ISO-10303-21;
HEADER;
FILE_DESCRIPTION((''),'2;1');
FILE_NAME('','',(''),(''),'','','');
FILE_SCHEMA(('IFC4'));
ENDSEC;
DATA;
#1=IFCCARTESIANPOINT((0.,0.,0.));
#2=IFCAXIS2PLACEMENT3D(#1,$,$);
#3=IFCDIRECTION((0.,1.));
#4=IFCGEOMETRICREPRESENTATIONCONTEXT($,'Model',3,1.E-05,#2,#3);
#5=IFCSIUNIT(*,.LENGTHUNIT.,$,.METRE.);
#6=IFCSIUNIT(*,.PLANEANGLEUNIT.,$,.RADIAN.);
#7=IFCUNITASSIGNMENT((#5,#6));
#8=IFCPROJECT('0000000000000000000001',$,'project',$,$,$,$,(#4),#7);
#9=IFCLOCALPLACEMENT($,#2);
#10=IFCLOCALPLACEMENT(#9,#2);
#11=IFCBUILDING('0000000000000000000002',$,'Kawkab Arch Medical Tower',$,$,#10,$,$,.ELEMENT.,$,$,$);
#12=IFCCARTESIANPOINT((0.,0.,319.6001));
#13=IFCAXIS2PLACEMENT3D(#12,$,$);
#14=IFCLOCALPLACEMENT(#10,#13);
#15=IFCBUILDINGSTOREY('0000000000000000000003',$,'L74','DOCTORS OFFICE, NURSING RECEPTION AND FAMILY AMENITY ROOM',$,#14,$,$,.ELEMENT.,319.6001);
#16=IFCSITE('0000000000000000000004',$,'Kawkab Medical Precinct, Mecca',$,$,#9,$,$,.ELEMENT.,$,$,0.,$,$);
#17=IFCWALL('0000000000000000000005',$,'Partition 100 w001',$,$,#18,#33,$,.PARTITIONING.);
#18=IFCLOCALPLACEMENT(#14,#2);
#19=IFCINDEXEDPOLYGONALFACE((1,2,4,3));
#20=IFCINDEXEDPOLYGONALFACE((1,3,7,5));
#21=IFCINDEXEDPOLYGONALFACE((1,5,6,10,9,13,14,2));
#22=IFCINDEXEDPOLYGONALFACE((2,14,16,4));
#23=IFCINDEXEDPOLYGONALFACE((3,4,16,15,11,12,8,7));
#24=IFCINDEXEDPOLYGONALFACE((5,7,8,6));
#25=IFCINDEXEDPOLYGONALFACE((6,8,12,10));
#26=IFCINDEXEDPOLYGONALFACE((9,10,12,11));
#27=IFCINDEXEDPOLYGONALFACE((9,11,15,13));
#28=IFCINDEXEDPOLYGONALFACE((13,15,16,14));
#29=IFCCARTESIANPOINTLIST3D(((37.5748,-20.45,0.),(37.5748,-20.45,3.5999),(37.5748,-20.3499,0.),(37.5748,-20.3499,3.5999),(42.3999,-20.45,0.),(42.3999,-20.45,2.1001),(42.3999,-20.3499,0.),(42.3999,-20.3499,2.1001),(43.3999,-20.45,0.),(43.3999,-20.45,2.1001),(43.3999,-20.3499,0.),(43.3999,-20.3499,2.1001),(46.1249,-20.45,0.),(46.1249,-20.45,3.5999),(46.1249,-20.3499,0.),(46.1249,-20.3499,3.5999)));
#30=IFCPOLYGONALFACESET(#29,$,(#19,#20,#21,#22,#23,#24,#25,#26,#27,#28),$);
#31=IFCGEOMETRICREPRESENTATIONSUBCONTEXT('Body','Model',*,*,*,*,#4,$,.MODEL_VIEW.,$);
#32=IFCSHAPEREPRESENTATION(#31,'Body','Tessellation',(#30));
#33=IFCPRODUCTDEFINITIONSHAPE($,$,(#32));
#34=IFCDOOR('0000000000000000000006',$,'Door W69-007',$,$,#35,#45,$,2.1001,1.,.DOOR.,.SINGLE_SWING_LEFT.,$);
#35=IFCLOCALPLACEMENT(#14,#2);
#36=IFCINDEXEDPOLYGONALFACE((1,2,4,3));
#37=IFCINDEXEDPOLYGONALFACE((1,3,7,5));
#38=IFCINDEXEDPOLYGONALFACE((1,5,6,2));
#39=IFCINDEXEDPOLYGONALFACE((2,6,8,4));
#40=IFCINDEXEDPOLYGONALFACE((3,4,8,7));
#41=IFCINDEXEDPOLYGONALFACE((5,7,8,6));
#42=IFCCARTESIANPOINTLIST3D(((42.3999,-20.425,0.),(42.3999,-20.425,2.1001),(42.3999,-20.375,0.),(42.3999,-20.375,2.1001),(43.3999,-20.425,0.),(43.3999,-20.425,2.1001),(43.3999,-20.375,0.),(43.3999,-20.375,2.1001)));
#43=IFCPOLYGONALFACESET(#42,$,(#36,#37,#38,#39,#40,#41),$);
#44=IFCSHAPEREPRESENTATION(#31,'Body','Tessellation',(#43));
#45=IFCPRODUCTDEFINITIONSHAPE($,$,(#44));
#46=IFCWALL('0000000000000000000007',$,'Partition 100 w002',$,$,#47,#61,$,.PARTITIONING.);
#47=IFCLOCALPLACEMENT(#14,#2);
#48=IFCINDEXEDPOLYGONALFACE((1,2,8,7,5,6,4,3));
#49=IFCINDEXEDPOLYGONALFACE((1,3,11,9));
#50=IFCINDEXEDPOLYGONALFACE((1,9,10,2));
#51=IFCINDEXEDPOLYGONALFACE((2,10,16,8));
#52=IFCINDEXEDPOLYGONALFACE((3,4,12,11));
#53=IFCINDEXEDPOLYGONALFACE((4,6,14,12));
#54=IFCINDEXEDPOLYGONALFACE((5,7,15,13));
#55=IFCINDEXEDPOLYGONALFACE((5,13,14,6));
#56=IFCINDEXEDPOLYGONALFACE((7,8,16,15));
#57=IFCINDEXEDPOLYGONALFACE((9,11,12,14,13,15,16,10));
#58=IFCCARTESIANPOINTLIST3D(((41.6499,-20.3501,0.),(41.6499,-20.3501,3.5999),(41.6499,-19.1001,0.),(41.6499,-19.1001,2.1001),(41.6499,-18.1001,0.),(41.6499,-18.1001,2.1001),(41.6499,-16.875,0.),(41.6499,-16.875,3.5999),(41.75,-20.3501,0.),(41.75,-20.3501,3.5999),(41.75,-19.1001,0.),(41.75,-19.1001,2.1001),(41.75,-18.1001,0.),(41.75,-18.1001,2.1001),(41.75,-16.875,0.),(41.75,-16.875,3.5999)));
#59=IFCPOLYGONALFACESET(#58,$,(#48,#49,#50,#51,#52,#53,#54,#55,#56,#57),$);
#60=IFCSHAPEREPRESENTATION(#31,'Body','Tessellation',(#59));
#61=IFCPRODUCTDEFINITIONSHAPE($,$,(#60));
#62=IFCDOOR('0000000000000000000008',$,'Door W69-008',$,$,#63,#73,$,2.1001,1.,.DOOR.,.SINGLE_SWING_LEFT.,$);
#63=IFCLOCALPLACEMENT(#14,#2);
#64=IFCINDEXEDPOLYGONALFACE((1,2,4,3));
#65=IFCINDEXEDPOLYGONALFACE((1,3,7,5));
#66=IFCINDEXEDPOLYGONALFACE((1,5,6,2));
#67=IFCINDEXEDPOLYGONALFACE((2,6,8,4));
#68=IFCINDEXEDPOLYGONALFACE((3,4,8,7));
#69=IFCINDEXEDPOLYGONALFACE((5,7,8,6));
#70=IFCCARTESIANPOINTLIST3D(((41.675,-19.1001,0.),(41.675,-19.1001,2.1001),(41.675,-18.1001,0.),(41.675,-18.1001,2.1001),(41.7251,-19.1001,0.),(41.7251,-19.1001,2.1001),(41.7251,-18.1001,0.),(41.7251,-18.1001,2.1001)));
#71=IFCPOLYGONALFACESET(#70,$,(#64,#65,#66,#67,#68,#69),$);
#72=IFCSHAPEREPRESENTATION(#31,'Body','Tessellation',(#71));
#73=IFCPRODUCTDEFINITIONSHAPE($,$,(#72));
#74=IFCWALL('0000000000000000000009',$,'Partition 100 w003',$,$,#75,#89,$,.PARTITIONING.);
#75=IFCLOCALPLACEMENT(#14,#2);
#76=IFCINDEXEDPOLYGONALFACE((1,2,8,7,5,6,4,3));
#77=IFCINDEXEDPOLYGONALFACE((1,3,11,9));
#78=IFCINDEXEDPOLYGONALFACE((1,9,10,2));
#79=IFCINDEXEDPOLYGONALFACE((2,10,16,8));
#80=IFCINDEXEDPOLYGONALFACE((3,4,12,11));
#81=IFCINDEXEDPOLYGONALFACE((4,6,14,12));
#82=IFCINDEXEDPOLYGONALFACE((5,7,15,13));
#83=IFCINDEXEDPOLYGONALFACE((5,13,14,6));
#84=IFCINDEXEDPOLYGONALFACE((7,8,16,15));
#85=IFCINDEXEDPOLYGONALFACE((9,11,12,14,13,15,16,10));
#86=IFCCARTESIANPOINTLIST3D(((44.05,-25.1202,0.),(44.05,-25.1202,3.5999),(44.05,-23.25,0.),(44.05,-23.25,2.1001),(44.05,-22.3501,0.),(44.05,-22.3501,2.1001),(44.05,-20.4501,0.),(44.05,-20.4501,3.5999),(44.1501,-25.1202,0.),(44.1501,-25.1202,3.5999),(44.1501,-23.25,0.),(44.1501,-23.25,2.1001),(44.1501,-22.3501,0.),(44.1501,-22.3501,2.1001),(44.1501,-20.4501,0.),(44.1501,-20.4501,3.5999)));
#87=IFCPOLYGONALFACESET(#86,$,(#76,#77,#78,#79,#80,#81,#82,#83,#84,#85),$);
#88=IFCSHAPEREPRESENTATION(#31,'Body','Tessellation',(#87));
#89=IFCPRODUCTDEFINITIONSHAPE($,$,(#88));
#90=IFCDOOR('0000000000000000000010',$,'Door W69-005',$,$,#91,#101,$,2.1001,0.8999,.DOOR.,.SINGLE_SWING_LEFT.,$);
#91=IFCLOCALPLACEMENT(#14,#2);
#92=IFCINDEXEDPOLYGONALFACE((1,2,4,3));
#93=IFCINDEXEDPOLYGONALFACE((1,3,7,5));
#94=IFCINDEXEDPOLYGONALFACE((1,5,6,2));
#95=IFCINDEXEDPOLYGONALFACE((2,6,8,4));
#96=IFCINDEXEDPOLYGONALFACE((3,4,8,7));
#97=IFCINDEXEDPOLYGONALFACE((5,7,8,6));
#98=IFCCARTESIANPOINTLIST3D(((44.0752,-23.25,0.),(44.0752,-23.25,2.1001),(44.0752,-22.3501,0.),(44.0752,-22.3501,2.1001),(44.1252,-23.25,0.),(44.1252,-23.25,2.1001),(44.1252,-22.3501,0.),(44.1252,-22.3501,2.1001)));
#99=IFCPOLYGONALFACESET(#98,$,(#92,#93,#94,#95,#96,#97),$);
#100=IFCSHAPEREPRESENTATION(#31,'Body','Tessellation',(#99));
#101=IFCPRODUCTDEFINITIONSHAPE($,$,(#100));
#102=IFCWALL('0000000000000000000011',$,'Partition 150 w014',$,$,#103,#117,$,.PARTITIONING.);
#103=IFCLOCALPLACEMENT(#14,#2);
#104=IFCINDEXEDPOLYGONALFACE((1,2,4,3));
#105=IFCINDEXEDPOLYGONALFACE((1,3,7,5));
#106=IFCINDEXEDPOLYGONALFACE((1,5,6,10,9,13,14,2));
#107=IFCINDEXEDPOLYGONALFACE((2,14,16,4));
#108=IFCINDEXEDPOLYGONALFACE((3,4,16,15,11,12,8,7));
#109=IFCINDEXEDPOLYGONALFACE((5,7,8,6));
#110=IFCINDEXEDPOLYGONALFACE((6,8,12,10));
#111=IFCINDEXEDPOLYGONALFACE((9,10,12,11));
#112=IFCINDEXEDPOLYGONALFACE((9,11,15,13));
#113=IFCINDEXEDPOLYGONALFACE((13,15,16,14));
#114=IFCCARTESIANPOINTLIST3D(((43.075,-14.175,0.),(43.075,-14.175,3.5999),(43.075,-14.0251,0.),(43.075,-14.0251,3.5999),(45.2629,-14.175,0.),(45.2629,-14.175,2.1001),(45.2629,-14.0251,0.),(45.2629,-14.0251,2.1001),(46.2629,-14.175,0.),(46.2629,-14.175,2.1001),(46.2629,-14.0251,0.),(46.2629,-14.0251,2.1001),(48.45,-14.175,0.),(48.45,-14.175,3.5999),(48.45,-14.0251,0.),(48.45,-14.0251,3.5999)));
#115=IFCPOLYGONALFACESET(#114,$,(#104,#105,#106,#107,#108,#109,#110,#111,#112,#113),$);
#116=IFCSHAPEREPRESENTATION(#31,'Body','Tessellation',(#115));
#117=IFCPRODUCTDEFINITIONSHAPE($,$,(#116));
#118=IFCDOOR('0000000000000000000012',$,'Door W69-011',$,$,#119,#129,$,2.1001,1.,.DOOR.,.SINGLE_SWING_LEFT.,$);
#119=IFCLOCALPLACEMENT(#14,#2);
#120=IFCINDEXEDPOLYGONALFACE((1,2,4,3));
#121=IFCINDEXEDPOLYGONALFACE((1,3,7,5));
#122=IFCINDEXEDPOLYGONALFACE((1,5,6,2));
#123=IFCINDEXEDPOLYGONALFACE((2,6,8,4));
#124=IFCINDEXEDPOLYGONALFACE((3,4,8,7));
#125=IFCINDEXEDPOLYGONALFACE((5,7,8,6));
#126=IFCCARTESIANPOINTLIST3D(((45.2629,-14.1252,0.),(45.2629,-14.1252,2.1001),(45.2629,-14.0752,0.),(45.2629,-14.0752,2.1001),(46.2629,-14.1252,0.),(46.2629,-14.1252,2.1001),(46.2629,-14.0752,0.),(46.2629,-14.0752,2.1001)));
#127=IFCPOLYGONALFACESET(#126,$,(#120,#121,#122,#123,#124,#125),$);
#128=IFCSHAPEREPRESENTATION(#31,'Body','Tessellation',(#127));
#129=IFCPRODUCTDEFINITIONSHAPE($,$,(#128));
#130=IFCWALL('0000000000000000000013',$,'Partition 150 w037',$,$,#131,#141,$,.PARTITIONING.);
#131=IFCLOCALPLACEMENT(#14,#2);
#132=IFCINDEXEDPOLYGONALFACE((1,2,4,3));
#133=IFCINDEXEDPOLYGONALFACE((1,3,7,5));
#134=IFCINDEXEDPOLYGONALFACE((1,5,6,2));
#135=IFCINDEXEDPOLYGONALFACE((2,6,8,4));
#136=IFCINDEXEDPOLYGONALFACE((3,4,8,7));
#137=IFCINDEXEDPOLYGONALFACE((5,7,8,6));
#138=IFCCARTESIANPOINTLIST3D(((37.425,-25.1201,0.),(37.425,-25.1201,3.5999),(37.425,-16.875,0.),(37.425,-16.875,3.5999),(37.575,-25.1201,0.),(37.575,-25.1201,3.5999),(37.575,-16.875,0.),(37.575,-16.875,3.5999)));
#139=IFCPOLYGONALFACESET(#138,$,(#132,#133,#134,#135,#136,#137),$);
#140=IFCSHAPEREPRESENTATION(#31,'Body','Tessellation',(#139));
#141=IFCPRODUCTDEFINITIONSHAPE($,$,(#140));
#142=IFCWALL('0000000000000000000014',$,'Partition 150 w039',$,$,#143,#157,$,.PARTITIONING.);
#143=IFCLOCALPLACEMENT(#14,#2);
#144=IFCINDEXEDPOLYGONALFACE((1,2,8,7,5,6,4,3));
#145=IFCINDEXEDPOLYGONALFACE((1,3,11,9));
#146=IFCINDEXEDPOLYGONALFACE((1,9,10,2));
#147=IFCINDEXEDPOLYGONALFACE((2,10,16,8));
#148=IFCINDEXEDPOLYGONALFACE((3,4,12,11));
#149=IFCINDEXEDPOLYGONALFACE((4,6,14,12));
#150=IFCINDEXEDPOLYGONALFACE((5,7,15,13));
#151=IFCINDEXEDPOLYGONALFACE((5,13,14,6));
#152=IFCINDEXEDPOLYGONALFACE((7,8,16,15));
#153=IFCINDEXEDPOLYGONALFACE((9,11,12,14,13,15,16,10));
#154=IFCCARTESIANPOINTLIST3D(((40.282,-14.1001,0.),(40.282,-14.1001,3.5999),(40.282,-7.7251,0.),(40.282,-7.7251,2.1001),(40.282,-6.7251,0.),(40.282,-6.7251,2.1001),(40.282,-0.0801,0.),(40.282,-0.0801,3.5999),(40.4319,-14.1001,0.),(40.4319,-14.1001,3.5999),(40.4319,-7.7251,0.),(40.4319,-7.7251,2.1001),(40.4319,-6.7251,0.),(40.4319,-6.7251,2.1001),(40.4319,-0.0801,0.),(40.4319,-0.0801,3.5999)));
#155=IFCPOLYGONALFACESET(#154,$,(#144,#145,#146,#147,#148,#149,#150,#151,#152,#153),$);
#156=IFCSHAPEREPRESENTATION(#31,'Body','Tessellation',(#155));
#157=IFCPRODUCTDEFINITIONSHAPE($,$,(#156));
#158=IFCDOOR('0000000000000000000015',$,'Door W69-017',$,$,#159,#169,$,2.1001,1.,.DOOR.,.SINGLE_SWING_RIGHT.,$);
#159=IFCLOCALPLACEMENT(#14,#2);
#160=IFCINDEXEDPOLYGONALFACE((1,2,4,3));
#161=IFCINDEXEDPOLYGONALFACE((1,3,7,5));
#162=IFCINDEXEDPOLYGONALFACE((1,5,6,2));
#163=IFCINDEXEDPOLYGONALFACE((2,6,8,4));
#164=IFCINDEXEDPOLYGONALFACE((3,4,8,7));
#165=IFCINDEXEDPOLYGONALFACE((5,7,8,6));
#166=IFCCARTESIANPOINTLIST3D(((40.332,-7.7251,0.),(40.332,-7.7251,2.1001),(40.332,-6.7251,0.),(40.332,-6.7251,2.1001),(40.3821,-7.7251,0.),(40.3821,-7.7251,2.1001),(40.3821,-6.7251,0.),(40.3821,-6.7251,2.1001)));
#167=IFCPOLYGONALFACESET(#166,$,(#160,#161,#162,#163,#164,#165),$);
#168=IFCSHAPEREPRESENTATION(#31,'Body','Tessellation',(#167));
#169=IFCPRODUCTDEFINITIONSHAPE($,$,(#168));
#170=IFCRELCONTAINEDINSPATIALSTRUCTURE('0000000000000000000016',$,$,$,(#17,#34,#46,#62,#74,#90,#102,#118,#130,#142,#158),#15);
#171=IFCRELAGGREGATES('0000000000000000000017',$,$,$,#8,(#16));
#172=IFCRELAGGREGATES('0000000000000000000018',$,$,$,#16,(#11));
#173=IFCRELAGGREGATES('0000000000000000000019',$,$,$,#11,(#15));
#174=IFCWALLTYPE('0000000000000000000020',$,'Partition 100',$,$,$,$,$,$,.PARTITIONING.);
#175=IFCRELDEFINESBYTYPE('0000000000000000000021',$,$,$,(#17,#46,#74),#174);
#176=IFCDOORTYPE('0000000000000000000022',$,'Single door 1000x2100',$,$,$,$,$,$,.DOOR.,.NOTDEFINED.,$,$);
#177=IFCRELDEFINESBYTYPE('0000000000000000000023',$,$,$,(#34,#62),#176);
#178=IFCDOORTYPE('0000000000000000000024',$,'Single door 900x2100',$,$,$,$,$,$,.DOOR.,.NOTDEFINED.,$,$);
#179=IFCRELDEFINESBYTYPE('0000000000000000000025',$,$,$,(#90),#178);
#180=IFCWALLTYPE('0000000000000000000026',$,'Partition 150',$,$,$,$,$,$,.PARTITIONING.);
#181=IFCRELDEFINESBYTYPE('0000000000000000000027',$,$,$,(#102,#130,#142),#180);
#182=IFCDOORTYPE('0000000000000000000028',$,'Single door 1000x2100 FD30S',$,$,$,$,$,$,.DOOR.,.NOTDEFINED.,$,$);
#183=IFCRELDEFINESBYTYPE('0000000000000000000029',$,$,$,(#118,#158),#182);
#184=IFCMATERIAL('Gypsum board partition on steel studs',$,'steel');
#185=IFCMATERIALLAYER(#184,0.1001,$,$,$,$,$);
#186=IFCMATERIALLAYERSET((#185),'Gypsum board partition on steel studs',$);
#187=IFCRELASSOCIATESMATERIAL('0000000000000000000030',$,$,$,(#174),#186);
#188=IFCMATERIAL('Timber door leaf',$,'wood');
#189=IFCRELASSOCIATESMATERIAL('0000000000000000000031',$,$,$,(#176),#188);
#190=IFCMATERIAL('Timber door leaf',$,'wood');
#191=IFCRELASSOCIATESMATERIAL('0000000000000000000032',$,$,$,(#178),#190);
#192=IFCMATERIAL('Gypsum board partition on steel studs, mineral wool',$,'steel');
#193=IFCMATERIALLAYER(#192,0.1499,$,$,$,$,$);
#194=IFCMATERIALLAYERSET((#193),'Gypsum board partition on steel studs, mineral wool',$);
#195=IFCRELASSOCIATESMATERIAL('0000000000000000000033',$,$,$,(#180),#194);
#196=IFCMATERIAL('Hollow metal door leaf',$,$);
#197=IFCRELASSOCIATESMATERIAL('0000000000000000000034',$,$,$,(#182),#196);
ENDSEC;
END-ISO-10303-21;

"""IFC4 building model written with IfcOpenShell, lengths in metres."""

from ifc_helpers import new_model, si_unit, direction, frame, frame_2d, origin, place, context, subcontext, project, spatial, rectangle, extrude, material, layer, layer_set, type_object, element, fill, save


model = new_model("IFC4")

# Units and contexts
model_context = context("Model", 3, precision=1e-05, world=origin(), true_north=direction((0.0, 1.0)))
body_context = subcontext(model_context, "Body", "Model", "MODEL_VIEW")
ifc_project = project(units=[si_unit("LENGTHUNIT", "METRE"), si_unit("PLANEANGLEUNIT", "RADIAN")], contexts=[model_context])

# Site, building, storey
site_placement = place(None, origin())
site = spatial("IfcSite", under=ifc_project, at=site_placement, Name="Kawkab Medical Precinct, Mecca", CompositionType="ELEMENT", RefElevation=0.0)
building_placement = place(site_placement, origin())
building = spatial("IfcBuilding", under=site, at=building_placement, Name="Kawkab Arch Medical Tower", CompositionType="ELEMENT")
storey_placement = place(building_placement, frame((0.0, 0.0, 319.6001)))
storey = spatial("IfcBuildingStorey", under=building, at=storey_placement, Name="L74", Description="DOCTORS OFFICE, NURSING RECEPTION AND FAMILY AMENITY ROOM", CompositionType="ELEMENT", Elevation=319.6001)

# Walls, openings, doors
ifc_material_1 = material(Name="Gypsum board partition on steel studs", Category="steel")
ifc_layer_1 = layer(ifc_material_1, 0.1001)
ifc_layer_set_1 = layer_set([ifc_layer_1], Name="Gypsum board partition on steel studs")
wall_type_1 = type_object("IfcWallType", Name="Partition 100", PredefinedType="PARTITIONING", material=ifc_layer_set_1)
wall_1_placement = place(storey_placement, frame((37.575, -20.3999, 0.0), z_axis=(0.0, 0.0, 1.0), x_axis=(1.0, 0.0, 0.0)))
wall_1 = element("IfcWall", 1, at=wall_1_placement, inside=storey, type_object=wall_type_1, Name="Partition 100 w001", PredefinedType="PARTITIONING", context=body_context, shape_type="SweptSolid", body=[
    extrude(rectangle(XDim=8.55, YDim=0.1001, at=frame_2d((4.2749, 0.0))), origin(), (0.0, 0.0, 1.0), 3.5999),
])
opening_1_placement = place(wall_1_placement, frame((4.825, 0.0, 0.0)))
opening_1 = element("IfcOpeningElement", 2, at=opening_1_placement, cuts=wall_1, PredefinedType="OPENING", context=body_context, shape_type="SweptSolid", body=[
    extrude(rectangle(XDim=1.0, YDim=2.1001, at=frame_2d((0.5, 1.05))), frame((0.0, 0.0601, 0.0), z_axis=(0.0, -1.0, 0.0), x_axis=(1.0, 0.0, 0.0)), (0.0, 0.0, 1.0), 0.1201),
])
ifc_material_2 = material(Name="Timber door leaf", Category="wood")
door_type_1 = type_object("IfcDoorType", Name="Single door 1000x2100", OperationType="NOTDEFINED", PredefinedType="DOOR", material=ifc_material_2)
door_1_placement = place(opening_1_placement, origin())
door_1 = element("IfcDoor", 3, at=door_1_placement, inside=storey, type_object=door_type_1, Name="Door W69-007", OperationType="SINGLE_SWING_LEFT", OverallHeight=2.1001, OverallWidth=1.0, PredefinedType="DOOR", context=body_context, shape_type="SweptSolid", body=[
    extrude(rectangle(XDim=1.0, YDim=2.1001, at=frame_2d((0.5, 1.05))), frame((0.0, 0.0249, 0.0), z_axis=(0.0, -1.0, 0.0), x_axis=(1.0, 0.0, 0.0)), (0.0, 0.0, 1.0), 0.05),
])
fill(opening_1, door_1)
wall_2_placement = place(storey_placement, frame((41.7, -20.3501, 0.0), z_axis=(0.0, 0.0, 1.0), x_axis=(0.0, 1.0, 0.0)))
wall_2 = element("IfcWall", 4, at=wall_2_placement, inside=storey, type_object=wall_type_1, Name="Partition 100 w002", PredefinedType="PARTITIONING", context=body_context, shape_type="SweptSolid", body=[
    extrude(rectangle(XDim=3.4751, YDim=0.1001, at=frame_2d((1.7375, 0.0))), origin(), (0.0, 0.0, 1.0), 3.5999),
])
opening_2_placement = place(wall_2_placement, frame((1.25, 0.0, 0.0)))
opening_2 = element("IfcOpeningElement", 5, at=opening_2_placement, cuts=wall_2, PredefinedType="OPENING", context=body_context, shape_type="SweptSolid", body=[
    extrude(rectangle(XDim=1.0, YDim=2.1001, at=frame_2d((0.5, 1.05))), frame((0.0, 0.0601, 0.0), z_axis=(0.0, -1.0, 0.0), x_axis=(1.0, 0.0, 0.0)), (0.0, 0.0, 1.0), 0.1201),
])
door_2_placement = place(opening_2_placement, origin())
door_2 = element("IfcDoor", 6, at=door_2_placement, inside=storey, type_object=door_type_1, Name="Door W69-008", OperationType="SINGLE_SWING_LEFT", OverallHeight=2.1001, OverallWidth=1.0, PredefinedType="DOOR", context=body_context, shape_type="SweptSolid", body=[
    extrude(rectangle(XDim=1.0, YDim=2.1001, at=frame_2d((0.5, 1.05))), frame((0.0, 0.0249, 0.0), z_axis=(0.0, -1.0, 0.0), x_axis=(1.0, 0.0, 0.0)), (0.0, 0.0, 1.0), 0.05),
])
fill(opening_2, door_2)
wall_3_placement = place(storey_placement, frame((44.1001, -25.1201, 0.0), z_axis=(0.0, 0.0, 1.0), x_axis=(0.0, 1.0, 0.0)))
wall_3 = element("IfcWall", 7, at=wall_3_placement, inside=storey, type_object=wall_type_1, Name="Partition 100 w003", PredefinedType="PARTITIONING", context=body_context, shape_type="SweptSolid", body=[
    extrude(rectangle(XDim=4.6702, YDim=0.1001, at=frame_2d((2.335, 0.0))), origin(), (0.0, 0.0, 1.0), 3.5999),
])
opening_3_placement = place(wall_3_placement, frame((1.8701, 0.0, 0.0)))
opening_3 = element("IfcOpeningElement", 8, at=opening_3_placement, cuts=wall_3, PredefinedType="OPENING", context=body_context, shape_type="SweptSolid", body=[
    extrude(rectangle(XDim=0.8999, YDim=2.1001, at=frame_2d((0.45, 1.05))), frame((0.0, 0.0601, 0.0), z_axis=(0.0, -1.0, 0.0), x_axis=(1.0, 0.0, 0.0)), (0.0, 0.0, 1.0), 0.1201),
])
ifc_material_3 = material(Name="Timber door leaf", Category="wood")
door_type_2 = type_object("IfcDoorType", Name="Single door 900x2100", OperationType="NOTDEFINED", PredefinedType="DOOR", material=ifc_material_3)
door_3_placement = place(opening_3_placement, origin())
door_3 = element("IfcDoor", 9, at=door_3_placement, inside=storey, type_object=door_type_2, Name="Door W69-005", OperationType="SINGLE_SWING_LEFT", OverallHeight=2.1001, OverallWidth=0.8999, PredefinedType="DOOR", context=body_context, shape_type="SweptSolid", body=[
    extrude(rectangle(XDim=0.8999, YDim=2.1001, at=frame_2d((0.45, 1.05))), frame((0.0, 0.0249, 0.0), z_axis=(0.0, -1.0, 0.0), x_axis=(1.0, 0.0, 0.0)), (0.0, 0.0, 1.0), 0.05),
])
fill(opening_3, door_3)
ifc_material_4 = material(Name="Gypsum board partition on steel studs, mineral wool", Category="steel")
ifc_layer_2 = layer(ifc_material_4, 0.1499)
ifc_layer_set_2 = layer_set([ifc_layer_2], Name="Gypsum board partition on steel studs, mineral wool")
wall_type_2 = type_object("IfcWallType", Name="Partition 150", PredefinedType="PARTITIONING", material=ifc_layer_set_2)
wall_4_placement = place(storey_placement, frame((43.075, -14.1001, 0.0), z_axis=(0.0, 0.0, 1.0), x_axis=(1.0, 0.0, 0.0)))
wall_4 = element("IfcWall", 10, at=wall_4_placement, inside=storey, type_object=wall_type_2, Name="Partition 150 w014", PredefinedType="PARTITIONING", context=body_context, shape_type="SweptSolid", body=[
    extrude(rectangle(XDim=5.375, YDim=0.1499, at=frame_2d((2.6875, 0.0))), origin(), (0.0, 0.0, 1.0), 3.5999),
])
opening_4_placement = place(wall_4_placement, frame((2.188, 0.0, 0.0)))
opening_4 = element("IfcOpeningElement", 11, at=opening_4_placement, cuts=wall_4, PredefinedType="OPENING", context=body_context, shape_type="SweptSolid", body=[
    extrude(rectangle(XDim=1.0, YDim=2.1001, at=frame_2d((0.5, 1.05))), frame((0.0, 0.085, 0.0), z_axis=(0.0, -1.0, 0.0), x_axis=(1.0, 0.0, 0.0)), (0.0, 0.0, 1.0), 0.1699),
])
ifc_material_5 = material(Name="Hollow metal door leaf")
door_type_3 = type_object("IfcDoorType", Name="Single door 1000x2100 FD30S", OperationType="NOTDEFINED", PredefinedType="DOOR", material=ifc_material_5)
door_4_placement = place(opening_4_placement, origin())
door_4 = element("IfcDoor", 12, at=door_4_placement, inside=storey, type_object=door_type_3, Name="Door W69-011", OperationType="SINGLE_SWING_LEFT", OverallHeight=2.1001, OverallWidth=1.0, PredefinedType="DOOR", context=body_context, shape_type="SweptSolid", body=[
    extrude(rectangle(XDim=1.0, YDim=2.1001, at=frame_2d((0.5, 1.05))), frame((0.0, 0.0249, 0.0), z_axis=(0.0, -1.0, 0.0), x_axis=(1.0, 0.0, 0.0)), (0.0, 0.0, 1.0), 0.05),
])
fill(opening_4, door_4)

# Wall
wall_5_placement = place(storey_placement, frame((37.5, -25.1201, 0.0), z_axis=(0.0, 0.0, 1.0), x_axis=(0.0, 1.0, 0.0)))
element("IfcWall", 13, at=wall_5_placement, inside=storey, type_object=wall_type_2, Name="Partition 150 w037", PredefinedType="PARTITIONING", context=body_context, shape_type="SweptSolid", body=[
    extrude(rectangle(XDim=8.2451, YDim=0.1499, at=frame_2d((4.1226, 0.0))), origin(), (0.0, 0.0, 1.0), 3.5999),
])

# Wall, opening, door
wall_6_placement = place(storey_placement, frame((40.3569, -14.1001, 0.0), z_axis=(0.0, 0.0, 1.0), x_axis=(0.0, 1.0, 0.0)))
wall_6 = element("IfcWall", 14, at=wall_6_placement, inside=storey, type_object=wall_type_2, Name="Partition 150 w039", PredefinedType="PARTITIONING", context=body_context, shape_type="SweptSolid", body=[
    extrude(rectangle(XDim=14.02, YDim=0.1499, at=frame_2d((7.01, 0.0))), origin(), (0.0, 0.0, 1.0), 3.5999),
])
opening_5_placement = place(wall_6_placement, frame((6.375, 0.0, 0.0)))
opening_5 = element("IfcOpeningElement", 15, at=opening_5_placement, cuts=wall_6, PredefinedType="OPENING", context=body_context, shape_type="SweptSolid", body=[
    extrude(rectangle(XDim=1.0, YDim=2.1001, at=frame_2d((0.5, 1.05))), frame((0.0, 0.085, 0.0), z_axis=(0.0, -1.0, 0.0), x_axis=(1.0, 0.0, 0.0)), (0.0, 0.0, 1.0), 0.1699),
])
door_5_placement = place(opening_5_placement, origin())
door_5 = element("IfcDoor", 16, at=door_5_placement, inside=storey, type_object=door_type_3, Name="Door W69-017", OperationType="SINGLE_SWING_RIGHT", OverallHeight=2.1001, OverallWidth=1.0, PredefinedType="DOOR", context=body_context, shape_type="SweptSolid", body=[
    extrude(rectangle(XDim=1.0, YDim=2.1001, at=frame_2d((0.5, 1.05))), frame((0.0, 0.0249, 0.0), z_axis=(0.0, -1.0, 0.0), x_axis=(1.0, 0.0, 0.0)), (0.0, 0.0, 1.0), 0.05),
])
fill(opening_5, door_5)

save(model, "model.ifc")
